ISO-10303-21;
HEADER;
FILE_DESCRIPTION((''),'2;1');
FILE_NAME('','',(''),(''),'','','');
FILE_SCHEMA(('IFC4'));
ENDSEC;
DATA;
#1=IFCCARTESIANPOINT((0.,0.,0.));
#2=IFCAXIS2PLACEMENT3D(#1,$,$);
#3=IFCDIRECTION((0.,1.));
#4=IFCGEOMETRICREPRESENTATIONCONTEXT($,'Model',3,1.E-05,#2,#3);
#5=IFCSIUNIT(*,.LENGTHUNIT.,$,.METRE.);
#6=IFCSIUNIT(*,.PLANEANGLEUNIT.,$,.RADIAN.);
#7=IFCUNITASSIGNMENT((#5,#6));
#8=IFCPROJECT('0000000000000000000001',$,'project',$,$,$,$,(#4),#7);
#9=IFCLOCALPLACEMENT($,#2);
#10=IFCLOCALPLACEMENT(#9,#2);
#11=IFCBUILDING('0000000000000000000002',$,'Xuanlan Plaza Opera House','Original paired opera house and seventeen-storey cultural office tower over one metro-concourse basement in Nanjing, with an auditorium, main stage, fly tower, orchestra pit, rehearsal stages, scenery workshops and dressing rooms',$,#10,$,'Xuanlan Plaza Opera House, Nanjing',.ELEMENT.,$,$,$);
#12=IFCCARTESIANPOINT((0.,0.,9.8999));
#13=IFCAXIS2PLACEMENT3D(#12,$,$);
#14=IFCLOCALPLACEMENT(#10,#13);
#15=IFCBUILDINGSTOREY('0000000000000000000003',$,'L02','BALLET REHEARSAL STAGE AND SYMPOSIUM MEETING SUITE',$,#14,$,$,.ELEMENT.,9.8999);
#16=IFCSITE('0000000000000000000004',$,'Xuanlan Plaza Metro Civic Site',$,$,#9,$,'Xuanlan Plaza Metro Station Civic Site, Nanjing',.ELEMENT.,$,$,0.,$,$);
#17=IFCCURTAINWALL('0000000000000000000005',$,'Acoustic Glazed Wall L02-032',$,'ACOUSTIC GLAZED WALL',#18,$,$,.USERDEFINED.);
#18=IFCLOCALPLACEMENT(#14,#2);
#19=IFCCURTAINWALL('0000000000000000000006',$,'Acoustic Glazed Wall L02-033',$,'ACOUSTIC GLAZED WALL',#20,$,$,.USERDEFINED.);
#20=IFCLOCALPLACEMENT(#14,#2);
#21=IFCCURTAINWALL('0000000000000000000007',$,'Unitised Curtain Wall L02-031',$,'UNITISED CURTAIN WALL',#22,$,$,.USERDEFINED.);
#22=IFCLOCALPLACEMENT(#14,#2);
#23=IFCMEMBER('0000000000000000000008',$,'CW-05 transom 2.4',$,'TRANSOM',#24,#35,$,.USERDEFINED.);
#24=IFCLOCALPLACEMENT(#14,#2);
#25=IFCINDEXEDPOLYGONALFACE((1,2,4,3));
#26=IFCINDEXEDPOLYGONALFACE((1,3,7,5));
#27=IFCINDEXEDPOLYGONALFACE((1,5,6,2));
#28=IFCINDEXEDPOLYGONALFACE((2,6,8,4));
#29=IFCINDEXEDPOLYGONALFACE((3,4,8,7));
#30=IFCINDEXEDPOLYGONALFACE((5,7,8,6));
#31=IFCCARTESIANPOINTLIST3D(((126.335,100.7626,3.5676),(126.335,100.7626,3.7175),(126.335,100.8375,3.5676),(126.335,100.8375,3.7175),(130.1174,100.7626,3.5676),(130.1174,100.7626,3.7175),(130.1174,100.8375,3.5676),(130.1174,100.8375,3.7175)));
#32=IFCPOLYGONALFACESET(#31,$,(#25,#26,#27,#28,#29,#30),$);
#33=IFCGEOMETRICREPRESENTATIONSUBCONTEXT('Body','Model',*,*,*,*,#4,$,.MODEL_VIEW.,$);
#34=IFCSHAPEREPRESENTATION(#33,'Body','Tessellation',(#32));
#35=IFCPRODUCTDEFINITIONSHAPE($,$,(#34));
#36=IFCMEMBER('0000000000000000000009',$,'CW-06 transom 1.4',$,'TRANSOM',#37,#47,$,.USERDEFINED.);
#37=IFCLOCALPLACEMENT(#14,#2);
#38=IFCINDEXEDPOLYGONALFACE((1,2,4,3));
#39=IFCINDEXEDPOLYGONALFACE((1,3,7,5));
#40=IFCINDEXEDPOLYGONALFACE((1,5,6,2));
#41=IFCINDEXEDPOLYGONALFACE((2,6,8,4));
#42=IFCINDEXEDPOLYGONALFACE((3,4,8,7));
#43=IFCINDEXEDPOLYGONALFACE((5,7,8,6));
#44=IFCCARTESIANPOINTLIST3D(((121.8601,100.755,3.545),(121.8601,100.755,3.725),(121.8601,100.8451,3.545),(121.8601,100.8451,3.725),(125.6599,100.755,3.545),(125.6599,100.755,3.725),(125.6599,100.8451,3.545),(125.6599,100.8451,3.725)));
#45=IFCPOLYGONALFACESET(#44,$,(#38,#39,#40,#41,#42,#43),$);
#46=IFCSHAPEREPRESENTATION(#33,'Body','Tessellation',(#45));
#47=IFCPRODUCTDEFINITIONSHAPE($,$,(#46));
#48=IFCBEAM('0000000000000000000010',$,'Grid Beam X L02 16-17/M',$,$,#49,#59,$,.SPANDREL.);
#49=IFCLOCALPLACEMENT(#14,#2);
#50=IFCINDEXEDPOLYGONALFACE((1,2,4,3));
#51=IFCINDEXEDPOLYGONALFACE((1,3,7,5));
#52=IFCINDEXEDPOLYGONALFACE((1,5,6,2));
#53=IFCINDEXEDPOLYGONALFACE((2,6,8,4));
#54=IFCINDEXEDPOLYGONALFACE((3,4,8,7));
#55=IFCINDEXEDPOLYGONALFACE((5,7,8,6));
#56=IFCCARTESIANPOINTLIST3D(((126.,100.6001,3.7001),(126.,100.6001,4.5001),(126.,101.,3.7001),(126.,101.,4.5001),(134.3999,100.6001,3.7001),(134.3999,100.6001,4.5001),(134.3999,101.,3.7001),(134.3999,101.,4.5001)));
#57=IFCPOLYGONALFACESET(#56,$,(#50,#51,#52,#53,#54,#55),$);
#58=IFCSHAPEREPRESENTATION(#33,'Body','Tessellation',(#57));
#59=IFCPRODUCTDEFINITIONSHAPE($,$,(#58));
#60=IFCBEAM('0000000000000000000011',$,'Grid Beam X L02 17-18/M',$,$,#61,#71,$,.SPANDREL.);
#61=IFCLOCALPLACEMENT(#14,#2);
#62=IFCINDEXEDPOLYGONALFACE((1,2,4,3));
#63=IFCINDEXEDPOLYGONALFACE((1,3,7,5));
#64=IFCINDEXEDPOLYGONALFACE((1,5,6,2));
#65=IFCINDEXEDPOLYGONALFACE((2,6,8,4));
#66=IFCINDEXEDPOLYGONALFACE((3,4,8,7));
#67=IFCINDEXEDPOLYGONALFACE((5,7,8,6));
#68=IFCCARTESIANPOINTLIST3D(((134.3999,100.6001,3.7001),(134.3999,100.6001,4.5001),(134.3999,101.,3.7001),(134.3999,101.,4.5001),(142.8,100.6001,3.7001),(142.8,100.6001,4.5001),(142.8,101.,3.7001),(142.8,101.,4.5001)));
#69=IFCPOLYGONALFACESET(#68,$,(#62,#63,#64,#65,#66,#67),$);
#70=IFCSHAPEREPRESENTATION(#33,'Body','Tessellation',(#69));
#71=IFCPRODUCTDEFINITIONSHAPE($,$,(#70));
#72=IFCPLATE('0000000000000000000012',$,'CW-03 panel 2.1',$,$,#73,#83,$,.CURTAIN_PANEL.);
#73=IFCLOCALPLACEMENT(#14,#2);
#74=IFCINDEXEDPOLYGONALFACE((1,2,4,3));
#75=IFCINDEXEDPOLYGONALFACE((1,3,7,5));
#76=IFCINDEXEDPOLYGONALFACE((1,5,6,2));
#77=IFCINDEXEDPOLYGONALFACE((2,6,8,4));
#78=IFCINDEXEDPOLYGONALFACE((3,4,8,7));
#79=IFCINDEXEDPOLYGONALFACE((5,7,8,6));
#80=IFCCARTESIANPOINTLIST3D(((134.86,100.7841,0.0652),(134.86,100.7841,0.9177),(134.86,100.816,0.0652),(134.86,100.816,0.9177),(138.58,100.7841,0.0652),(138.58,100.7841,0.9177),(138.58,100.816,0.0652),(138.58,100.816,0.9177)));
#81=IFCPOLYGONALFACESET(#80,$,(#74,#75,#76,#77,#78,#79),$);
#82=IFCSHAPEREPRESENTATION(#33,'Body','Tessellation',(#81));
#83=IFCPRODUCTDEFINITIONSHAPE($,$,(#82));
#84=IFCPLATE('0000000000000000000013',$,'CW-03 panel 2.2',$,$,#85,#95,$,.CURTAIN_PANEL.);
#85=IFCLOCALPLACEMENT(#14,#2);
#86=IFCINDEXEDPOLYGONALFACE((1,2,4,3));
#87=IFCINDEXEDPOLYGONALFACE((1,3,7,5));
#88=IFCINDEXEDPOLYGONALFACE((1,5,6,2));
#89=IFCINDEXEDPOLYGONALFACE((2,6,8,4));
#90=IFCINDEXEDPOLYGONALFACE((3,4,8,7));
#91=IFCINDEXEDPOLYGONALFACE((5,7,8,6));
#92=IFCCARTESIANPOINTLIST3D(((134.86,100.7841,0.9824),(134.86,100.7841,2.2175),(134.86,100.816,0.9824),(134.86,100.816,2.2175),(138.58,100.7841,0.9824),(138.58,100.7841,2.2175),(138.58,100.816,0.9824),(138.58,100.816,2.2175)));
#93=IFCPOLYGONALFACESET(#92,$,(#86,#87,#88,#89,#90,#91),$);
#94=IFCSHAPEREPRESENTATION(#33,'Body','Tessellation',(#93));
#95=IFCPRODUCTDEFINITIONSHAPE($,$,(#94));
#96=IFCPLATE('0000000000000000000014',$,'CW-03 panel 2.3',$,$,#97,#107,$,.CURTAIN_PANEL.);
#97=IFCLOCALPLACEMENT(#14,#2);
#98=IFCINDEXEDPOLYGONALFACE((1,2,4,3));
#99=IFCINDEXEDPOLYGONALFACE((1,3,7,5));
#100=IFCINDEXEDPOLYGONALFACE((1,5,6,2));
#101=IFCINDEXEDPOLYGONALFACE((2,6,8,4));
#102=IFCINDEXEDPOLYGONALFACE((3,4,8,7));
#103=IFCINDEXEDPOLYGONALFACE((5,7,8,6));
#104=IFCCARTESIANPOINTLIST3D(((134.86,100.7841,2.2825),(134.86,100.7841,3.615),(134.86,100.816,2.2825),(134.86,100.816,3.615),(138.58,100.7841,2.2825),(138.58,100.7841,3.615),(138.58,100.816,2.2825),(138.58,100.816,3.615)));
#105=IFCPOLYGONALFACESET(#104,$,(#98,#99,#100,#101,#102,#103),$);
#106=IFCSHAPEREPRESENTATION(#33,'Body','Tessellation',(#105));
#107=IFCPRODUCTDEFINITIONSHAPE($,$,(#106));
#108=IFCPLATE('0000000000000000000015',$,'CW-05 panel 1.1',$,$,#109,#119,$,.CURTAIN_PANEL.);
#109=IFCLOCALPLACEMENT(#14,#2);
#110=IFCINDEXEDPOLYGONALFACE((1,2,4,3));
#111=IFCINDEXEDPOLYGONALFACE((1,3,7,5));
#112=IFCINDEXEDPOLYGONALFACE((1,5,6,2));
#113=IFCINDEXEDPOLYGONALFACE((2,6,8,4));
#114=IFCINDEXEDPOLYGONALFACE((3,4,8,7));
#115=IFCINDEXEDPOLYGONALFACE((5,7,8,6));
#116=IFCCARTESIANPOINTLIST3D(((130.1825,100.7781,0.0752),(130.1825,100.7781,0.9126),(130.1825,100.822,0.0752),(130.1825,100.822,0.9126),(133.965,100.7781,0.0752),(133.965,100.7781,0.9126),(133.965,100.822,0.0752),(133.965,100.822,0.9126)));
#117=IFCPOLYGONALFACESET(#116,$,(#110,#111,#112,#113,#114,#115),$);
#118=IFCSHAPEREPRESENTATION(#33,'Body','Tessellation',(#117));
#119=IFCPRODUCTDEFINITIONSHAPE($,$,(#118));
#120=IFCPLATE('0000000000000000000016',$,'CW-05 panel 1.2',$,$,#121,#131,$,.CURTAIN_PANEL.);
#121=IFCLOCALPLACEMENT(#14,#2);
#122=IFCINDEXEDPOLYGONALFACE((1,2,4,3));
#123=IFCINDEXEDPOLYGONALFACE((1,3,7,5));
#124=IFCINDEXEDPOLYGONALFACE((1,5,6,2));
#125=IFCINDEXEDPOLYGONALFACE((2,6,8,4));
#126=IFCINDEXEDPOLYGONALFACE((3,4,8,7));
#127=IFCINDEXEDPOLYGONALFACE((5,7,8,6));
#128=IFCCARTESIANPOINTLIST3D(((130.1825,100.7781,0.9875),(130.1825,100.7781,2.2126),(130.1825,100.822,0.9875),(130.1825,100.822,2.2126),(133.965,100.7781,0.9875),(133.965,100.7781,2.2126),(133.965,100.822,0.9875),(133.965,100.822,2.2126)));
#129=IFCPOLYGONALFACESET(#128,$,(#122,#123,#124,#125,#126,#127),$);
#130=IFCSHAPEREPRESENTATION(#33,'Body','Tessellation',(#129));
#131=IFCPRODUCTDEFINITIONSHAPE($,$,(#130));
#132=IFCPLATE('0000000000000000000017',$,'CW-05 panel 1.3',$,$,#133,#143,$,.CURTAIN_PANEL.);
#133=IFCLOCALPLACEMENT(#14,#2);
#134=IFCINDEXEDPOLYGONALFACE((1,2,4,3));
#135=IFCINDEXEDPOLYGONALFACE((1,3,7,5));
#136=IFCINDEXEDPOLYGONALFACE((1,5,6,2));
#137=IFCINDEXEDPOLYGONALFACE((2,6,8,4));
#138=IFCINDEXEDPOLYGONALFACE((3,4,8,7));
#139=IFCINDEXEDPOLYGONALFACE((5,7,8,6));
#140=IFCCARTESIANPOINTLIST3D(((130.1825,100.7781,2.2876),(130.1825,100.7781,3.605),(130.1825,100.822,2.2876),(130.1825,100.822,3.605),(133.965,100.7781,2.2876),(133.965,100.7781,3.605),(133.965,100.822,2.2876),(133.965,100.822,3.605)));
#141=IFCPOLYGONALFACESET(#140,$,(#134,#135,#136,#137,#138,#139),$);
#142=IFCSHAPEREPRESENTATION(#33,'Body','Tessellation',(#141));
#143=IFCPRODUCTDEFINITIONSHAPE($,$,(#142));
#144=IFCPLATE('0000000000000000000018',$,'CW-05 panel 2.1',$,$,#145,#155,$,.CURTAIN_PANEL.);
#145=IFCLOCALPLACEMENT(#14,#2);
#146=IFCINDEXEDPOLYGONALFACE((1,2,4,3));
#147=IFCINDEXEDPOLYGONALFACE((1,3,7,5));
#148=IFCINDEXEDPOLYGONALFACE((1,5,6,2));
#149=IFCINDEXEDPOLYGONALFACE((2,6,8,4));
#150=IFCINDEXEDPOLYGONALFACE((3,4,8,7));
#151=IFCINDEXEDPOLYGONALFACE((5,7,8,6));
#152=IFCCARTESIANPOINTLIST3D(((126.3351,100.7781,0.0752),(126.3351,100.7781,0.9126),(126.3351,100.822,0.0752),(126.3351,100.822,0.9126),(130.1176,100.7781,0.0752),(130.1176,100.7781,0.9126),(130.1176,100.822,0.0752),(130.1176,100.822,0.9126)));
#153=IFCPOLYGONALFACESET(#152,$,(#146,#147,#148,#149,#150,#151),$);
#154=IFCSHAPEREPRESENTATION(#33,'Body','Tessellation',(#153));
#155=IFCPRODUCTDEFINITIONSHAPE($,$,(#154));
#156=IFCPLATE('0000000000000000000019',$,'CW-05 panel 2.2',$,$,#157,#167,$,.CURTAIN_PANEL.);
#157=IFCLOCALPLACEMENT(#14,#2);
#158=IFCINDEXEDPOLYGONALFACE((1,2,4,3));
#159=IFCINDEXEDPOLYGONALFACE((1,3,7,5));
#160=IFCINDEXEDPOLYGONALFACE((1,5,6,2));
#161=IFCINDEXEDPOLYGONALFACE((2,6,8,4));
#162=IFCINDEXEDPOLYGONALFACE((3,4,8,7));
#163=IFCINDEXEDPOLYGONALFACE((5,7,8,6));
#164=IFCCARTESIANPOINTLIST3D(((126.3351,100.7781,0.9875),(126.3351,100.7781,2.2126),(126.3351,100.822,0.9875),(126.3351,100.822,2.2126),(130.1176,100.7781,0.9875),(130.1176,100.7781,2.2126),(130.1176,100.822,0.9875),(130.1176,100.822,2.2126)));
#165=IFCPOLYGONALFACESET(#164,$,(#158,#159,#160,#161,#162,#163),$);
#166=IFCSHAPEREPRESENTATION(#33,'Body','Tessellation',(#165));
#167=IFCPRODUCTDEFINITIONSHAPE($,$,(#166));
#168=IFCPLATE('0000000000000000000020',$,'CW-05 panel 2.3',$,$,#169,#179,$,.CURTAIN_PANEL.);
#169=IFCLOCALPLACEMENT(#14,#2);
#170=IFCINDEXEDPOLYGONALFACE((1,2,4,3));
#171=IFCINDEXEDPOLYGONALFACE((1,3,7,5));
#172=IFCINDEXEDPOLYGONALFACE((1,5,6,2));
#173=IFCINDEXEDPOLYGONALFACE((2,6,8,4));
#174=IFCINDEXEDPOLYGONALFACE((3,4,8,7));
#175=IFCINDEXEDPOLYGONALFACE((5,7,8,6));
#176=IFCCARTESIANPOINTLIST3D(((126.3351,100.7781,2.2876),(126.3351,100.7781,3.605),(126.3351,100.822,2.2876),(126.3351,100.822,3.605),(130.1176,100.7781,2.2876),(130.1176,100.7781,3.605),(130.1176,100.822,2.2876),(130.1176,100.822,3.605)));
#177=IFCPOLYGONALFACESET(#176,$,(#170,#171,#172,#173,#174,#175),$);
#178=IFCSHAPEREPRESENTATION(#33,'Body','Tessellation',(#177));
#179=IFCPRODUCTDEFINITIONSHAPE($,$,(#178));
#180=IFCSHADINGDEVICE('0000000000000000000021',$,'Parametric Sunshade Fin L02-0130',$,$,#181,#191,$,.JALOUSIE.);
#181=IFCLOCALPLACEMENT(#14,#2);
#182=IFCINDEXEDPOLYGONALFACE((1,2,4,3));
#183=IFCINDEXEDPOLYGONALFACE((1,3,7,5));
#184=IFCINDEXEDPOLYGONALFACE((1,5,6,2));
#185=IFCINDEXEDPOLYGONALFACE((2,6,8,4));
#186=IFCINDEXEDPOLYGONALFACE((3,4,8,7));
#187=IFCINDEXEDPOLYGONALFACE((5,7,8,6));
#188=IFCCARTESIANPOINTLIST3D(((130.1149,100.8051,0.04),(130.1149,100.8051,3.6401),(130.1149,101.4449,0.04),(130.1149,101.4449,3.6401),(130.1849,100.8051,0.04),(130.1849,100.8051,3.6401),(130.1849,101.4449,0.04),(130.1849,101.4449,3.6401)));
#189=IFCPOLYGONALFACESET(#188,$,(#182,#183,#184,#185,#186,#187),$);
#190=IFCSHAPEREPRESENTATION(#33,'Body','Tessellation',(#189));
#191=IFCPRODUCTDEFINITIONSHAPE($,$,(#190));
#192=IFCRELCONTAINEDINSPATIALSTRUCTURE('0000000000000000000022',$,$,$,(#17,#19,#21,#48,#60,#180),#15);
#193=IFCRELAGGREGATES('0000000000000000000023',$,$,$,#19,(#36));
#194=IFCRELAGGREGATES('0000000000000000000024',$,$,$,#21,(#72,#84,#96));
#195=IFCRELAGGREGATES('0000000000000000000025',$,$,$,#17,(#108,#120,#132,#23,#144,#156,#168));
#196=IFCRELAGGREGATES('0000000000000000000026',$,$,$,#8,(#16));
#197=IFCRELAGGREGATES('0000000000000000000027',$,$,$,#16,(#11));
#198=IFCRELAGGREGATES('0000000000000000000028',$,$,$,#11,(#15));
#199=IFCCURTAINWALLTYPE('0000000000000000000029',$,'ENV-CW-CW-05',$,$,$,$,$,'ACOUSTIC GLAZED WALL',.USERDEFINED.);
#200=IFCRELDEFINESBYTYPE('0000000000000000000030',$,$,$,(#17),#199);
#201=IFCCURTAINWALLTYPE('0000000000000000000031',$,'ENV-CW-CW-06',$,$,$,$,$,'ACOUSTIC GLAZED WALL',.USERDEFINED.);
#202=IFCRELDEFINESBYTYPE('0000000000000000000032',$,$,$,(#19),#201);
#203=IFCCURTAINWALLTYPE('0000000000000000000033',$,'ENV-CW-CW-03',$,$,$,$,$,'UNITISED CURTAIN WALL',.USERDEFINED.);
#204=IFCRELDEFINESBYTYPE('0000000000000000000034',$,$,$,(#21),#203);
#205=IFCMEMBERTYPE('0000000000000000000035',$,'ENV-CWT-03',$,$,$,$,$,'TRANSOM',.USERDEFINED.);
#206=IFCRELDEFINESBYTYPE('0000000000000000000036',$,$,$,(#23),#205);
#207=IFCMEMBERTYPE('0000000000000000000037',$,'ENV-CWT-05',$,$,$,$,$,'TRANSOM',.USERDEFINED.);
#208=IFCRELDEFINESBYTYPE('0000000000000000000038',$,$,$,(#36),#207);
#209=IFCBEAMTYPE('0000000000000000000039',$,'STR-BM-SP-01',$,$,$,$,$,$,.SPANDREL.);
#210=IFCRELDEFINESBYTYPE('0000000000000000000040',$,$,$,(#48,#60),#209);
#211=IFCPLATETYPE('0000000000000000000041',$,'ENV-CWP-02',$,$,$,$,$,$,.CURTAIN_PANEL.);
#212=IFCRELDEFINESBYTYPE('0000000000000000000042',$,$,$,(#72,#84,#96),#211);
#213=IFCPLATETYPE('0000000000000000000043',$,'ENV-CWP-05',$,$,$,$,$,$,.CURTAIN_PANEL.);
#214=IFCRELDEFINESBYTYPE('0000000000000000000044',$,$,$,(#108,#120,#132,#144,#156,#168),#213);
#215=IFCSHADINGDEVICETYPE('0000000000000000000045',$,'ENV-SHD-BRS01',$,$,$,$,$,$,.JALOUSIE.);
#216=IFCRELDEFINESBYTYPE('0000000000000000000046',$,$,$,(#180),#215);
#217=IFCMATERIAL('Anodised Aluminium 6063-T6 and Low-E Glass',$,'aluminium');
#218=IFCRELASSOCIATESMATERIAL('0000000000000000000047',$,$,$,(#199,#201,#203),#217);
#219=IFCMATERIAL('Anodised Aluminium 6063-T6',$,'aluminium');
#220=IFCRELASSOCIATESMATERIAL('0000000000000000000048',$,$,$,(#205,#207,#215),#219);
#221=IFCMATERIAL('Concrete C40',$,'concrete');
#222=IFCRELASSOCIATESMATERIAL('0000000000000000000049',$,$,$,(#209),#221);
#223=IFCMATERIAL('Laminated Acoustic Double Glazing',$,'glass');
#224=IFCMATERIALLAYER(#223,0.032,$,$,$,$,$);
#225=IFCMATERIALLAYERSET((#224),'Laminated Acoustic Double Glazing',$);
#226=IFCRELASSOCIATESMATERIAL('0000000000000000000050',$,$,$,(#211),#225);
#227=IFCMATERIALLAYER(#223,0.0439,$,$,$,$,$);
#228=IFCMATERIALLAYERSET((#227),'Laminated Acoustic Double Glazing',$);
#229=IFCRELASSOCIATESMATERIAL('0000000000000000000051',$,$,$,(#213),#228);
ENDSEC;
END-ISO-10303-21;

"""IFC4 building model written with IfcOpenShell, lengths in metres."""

from ifc_helpers import new_model, si_unit, direction, frame, origin, origin_2d, place, context, subcontext, project, spatial, rectangle, extrude, material, layer, layer_set, material_profile, profile_set, type_object, element, aggregate, save


model = new_model("IFC4")

# Units and contexts
model_context = context("Model", 3, precision=1e-05, world=origin(), true_north=direction((0.0, 1.0)))
body_context = subcontext(model_context, "Body", "Model", "MODEL_VIEW")
ifc_project = project(units=[si_unit("LENGTHUNIT", "METRE"), si_unit("PLANEANGLEUNIT", "RADIAN")], contexts=[model_context])

# Site, building, storey
site_placement = place(None, origin())
site = spatial("IfcSite", under=ifc_project, at=site_placement, Name="Xuanlan Plaza Metro Civic Site", LongName="Xuanlan Plaza Metro Station Civic Site, Nanjing", CompositionType="ELEMENT", RefElevation=0.0)
building_placement = place(site_placement, origin())
building = spatial("IfcBuilding", under=site, at=building_placement, Name="Xuanlan Plaza Opera House", Description="Original paired opera house and seventeen-storey cultural office tower over one metro-concourse basement in Nanjing, with an auditorium, main stage, fly tower, orchestra pit, rehearsal stages, scenery workshops and dressing rooms", LongName="Xuanlan Plaza Opera House, Nanjing", CompositionType="ELEMENT")
storey_placement = place(building_placement, frame((0.0, 0.0, 9.8999)))
storey = spatial("IfcBuildingStorey", under=building, at=storey_placement, Name="L02", Description="BALLET REHEARSAL STAGE AND SYMPOSIUM MEETING SUITE", CompositionType="ELEMENT", Elevation=9.8999)

# Shared definitions
ifc_material_1 = material(Name="Concrete C40", Category="concrete")

# Curtain wall
ifc_material_2 = material(Name="Anodised Aluminium 6063-T6 and Low-E Glass", Category="aluminium")
curtain_wall_type_1 = type_object("IfcCurtainWallType", Name="ENV-CW-CW-05", ElementType="ACOUSTIC GLAZED WALL", PredefinedType="USERDEFINED", material=ifc_material_2)
curtain_wall_1_placement = place(storey_placement, origin())
curtain_wall_1 = element("IfcCurtainWall", 1, at=curtain_wall_1_placement, inside=storey, type_object=curtain_wall_type_1, Name="Acoustic Glazed Wall L02-032", ObjectType="ACOUSTIC GLAZED WALL", PredefinedType="USERDEFINED")
ifc_material_3 = material(Name="Anodised Aluminium 6063-T6", Category="aluminium")

# Curtain walls
curtain_wall_type_2 = type_object("IfcCurtainWallType", Name="ENV-CW-CW-06", ElementType="ACOUSTIC GLAZED WALL", PredefinedType="USERDEFINED", material=ifc_material_2)
curtain_wall_2_placement = place(storey_placement, origin())
curtain_wall_2 = element("IfcCurtainWall", 2, at=curtain_wall_2_placement, inside=storey, type_object=curtain_wall_type_2, Name="Acoustic Glazed Wall L02-033", ObjectType="ACOUSTIC GLAZED WALL", PredefinedType="USERDEFINED")
curtain_wall_type_3 = type_object("IfcCurtainWallType", Name="ENV-CW-CW-03", ElementType="UNITISED CURTAIN WALL", PredefinedType="USERDEFINED", material=ifc_material_2)
curtain_wall_3_placement = place(storey_placement, origin())
curtain_wall_3 = element("IfcCurtainWall", 3, at=curtain_wall_3_placement, inside=storey, type_object=curtain_wall_type_3, Name="Unitised Curtain Wall L02-031", ObjectType="UNITISED CURTAIN WALL", PredefinedType="USERDEFINED")

# Members
ifc_material_profile_1 = material_profile(ifc_material_3, rectangle(XDim=0.075, YDim=0.1499, at=origin_2d()), Name="ALU-T 75x150")
ifc_profile_set_1 = profile_set([ifc_material_profile_1], Name="Anodised Aluminium 6063-T6")
member_type_1 = type_object("IfcMemberType", Name="ENV-CWT-03", ElementType="TRANSOM", PredefinedType="USERDEFINED", material=ifc_profile_set_1)
member_1_placement = place(storey_placement, frame((130.1174, 100.8, 3.6426), z_axis=(-1.0, 0.0, 0.0), x_axis=(0.0, -1.0, 0.0)))
member_1 = element("IfcMember", 4, at=member_1_placement, type_object=member_type_1, Name="CW-05 transom 2.4", ObjectType="TRANSOM", PredefinedType="USERDEFINED", context=body_context, shape_type="SweptSolid", body=[
    extrude(rectangle(XDim=0.075, YDim=0.1499, at=origin_2d()), origin(), (0.0, 0.0, 1.0), 3.7825),
])
ifc_material_profile_2 = material_profile(ifc_material_3, rectangle(XDim=0.0901, YDim=0.1799, at=origin_2d()), Name="ALU-T 90x180")
ifc_profile_set_2 = profile_set([ifc_material_profile_2], Name="Anodised Aluminium 6063-T6")
member_type_2 = type_object("IfcMemberType", Name="ENV-CWT-05", ElementType="TRANSOM", PredefinedType="USERDEFINED", material=ifc_profile_set_2)
member_2_placement = place(storey_placement, frame((125.6599, 100.8, 3.635), z_axis=(-1.0, 0.0, 0.0), x_axis=(0.0, -1.0, 0.0)))
member_2 = element("IfcMember", 5, at=member_2_placement, type_object=member_type_2, Name="CW-06 transom 1.4", ObjectType="TRANSOM", PredefinedType="USERDEFINED", context=body_context, shape_type="SweptSolid", body=[
    extrude(rectangle(XDim=0.0901, YDim=0.1799, at=origin_2d()), origin(), (0.0, 0.0, 1.0), 3.7998),
])
aggregate(curtain_wall_2, [member_2])

# Beams
ifc_material_profile_3 = material_profile(ifc_material_1, rectangle(XDim=0.3999, YDim=0.8, at=origin_2d()), Name="RC-SPD 400x800")
ifc_profile_set_3 = profile_set([ifc_material_profile_3], Name="Concrete C40")
beam_type = type_object("IfcBeamType", Name="STR-BM-SP-01", PredefinedType="SPANDREL", material=ifc_profile_set_3)
beam_1_placement = place(storey_placement, frame((126.0, 100.8, 4.1001), z_axis=(1.0, 0.0, 0.0), x_axis=(0.0, 1.0, 0.0)))
element("IfcBeam", 6, at=beam_1_placement, inside=storey, type_object=beam_type, Name="Grid Beam X L02 16-17/M", PredefinedType="SPANDREL", context=body_context, shape_type="SweptSolid", body=[
    extrude(rectangle(XDim=0.3999, YDim=0.8, at=origin_2d()), origin(), (0.0, 0.0, 1.0), 8.3999),
])
beam_2_placement = place(storey_placement, frame((134.3999, 100.8, 4.1001), z_axis=(1.0, 0.0, 0.0), x_axis=(0.0, 1.0, 0.0)))
element("IfcBeam", 7, at=beam_2_placement, inside=storey, type_object=beam_type, Name="Grid Beam X L02 17-18/M", PredefinedType="SPANDREL", context=body_context, shape_type="SweptSolid", body=[
    extrude(rectangle(XDim=0.3999, YDim=0.8, at=origin_2d()), origin(), (0.0, 0.0, 1.0), 8.4001),
])

# Plates
ifc_material_4 = material(Name="Laminated Acoustic Double Glazing", Category="glass")
ifc_layer_1 = layer(ifc_material_4, 0.032)
ifc_layer_set_1 = layer_set([ifc_layer_1], Name="Laminated Acoustic Double Glazing")
plate_type_1 = type_object("IfcPlateType", Name="ENV-CWP-02", PredefinedType="CURTAIN_PANEL", material=ifc_layer_set_1)
plate_1_placement = place(storey_placement, frame((136.72, 100.8, 0.0652), z_axis=(0.0, 0.0, 1.0), x_axis=(-1.0, 0.0, 0.0)))
plate_1 = element("IfcPlate", 8, at=plate_1_placement, type_object=plate_type_1, Name="CW-03 panel 2.1", PredefinedType="CURTAIN_PANEL", context=body_context, shape_type="SweptSolid", body=[
    extrude(rectangle(XDim=3.72, YDim=0.032, at=origin_2d()), origin(), (0.0, 0.0, 1.0), 0.8525),
])
plate_2_placement = place(storey_placement, frame((136.72, 100.8, 0.9824), z_axis=(0.0, 0.0, 1.0), x_axis=(-1.0, 0.0, 0.0)))
plate_2 = element("IfcPlate", 9, at=plate_2_placement, type_object=plate_type_1, Name="CW-03 panel 2.2", PredefinedType="CURTAIN_PANEL", context=body_context, shape_type="SweptSolid", body=[
    extrude(rectangle(XDim=3.72, YDim=0.032, at=origin_2d()), origin(), (0.0, 0.0, 1.0), 1.2351),
])
plate_3_placement = place(storey_placement, frame((136.72, 100.8, 2.2825), z_axis=(0.0, 0.0, 1.0), x_axis=(-1.0, 0.0, 0.0)))
plate_3 = element("IfcPlate", 10, at=plate_3_placement, type_object=plate_type_1, Name="CW-03 panel 2.3", PredefinedType="CURTAIN_PANEL", context=body_context, shape_type="SweptSolid", body=[
    extrude(rectangle(XDim=3.72, YDim=0.032, at=origin_2d()), origin(), (0.0, 0.0, 1.0), 1.3325),
])
aggregate(curtain_wall_3, [plate_1, plate_2, plate_3])
ifc_layer_2 = layer(ifc_material_4, 0.0439)
ifc_layer_set_2 = layer_set([ifc_layer_2], Name="Laminated Acoustic Double Glazing")
plate_type_2 = type_object("IfcPlateType", Name="ENV-CWP-05", PredefinedType="CURTAIN_PANEL", material=ifc_layer_set_2)
plate_4_placement = place(storey_placement, frame((132.0737, 100.8, 0.0752), z_axis=(0.0, 0.0, 1.0), x_axis=(-1.0, 0.0, 0.0)))
plate_4 = element("IfcPlate", 11, at=plate_4_placement, type_object=plate_type_2, Name="CW-05 panel 1.1", PredefinedType="CURTAIN_PANEL", context=body_context, shape_type="SweptSolid", body=[
    extrude(rectangle(XDim=3.7825, YDim=0.0439, at=origin_2d()), origin(), (0.0, 0.0, 1.0), 0.8374),
])
plate_5_placement = place(storey_placement, frame((132.0737, 100.8, 0.9875), z_axis=(0.0, 0.0, 1.0), x_axis=(-1.0, 0.0, 0.0)))
plate_5 = element("IfcPlate", 12, at=plate_5_placement, type_object=plate_type_2, Name="CW-05 panel 1.2", PredefinedType="CURTAIN_PANEL", context=body_context, shape_type="SweptSolid", body=[
    extrude(rectangle(XDim=3.7825, YDim=0.0439, at=origin_2d()), origin(), (0.0, 0.0, 1.0), 1.2251),
])
plate_6_placement = place(storey_placement, frame((132.0737, 100.8, 2.2876), z_axis=(0.0, 0.0, 1.0), x_axis=(-1.0, 0.0, 0.0)))
plate_6 = element("IfcPlate", 13, at=plate_6_placement, type_object=plate_type_2, Name="CW-05 panel 1.3", PredefinedType="CURTAIN_PANEL", context=body_context, shape_type="SweptSolid", body=[
    extrude(rectangle(XDim=3.7825, YDim=0.0439, at=origin_2d()), origin(), (0.0, 0.0, 1.0), 1.3174),
])
plate_7_placement = place(storey_placement, frame((128.2263, 100.8, 0.0752), z_axis=(0.0, 0.0, 1.0), x_axis=(-1.0, 0.0, 0.0)))
plate_7 = element("IfcPlate", 14, at=plate_7_placement, type_object=plate_type_2, Name="CW-05 panel 2.1", PredefinedType="CURTAIN_PANEL", context=body_context, shape_type="SweptSolid", body=[
    extrude(rectangle(XDim=3.7825, YDim=0.0439, at=origin_2d()), origin(), (0.0, 0.0, 1.0), 0.8374),
])
plate_8_placement = place(storey_placement, frame((128.2263, 100.8, 0.9875), z_axis=(0.0, 0.0, 1.0), x_axis=(-1.0, 0.0, 0.0)))
plate_8 = element("IfcPlate", 15, at=plate_8_placement, type_object=plate_type_2, Name="CW-05 panel 2.2", PredefinedType="CURTAIN_PANEL", context=body_context, shape_type="SweptSolid", body=[
    extrude(rectangle(XDim=3.7825, YDim=0.0439, at=origin_2d()), origin(), (0.0, 0.0, 1.0), 1.2251),
])
plate_9_placement = place(storey_placement, frame((128.2263, 100.8, 2.2876), z_axis=(0.0, 0.0, 1.0), x_axis=(-1.0, 0.0, 0.0)))
plate_9 = element("IfcPlate", 16, at=plate_9_placement, type_object=plate_type_2, Name="CW-05 panel 2.3", PredefinedType="CURTAIN_PANEL", context=body_context, shape_type="SweptSolid", body=[
    extrude(rectangle(XDim=3.7825, YDim=0.0439, at=origin_2d()), origin(), (0.0, 0.0, 1.0), 1.3174),
])
aggregate(curtain_wall_1, [plate_4, plate_5, plate_6, member_1, plate_7, plate_8, plate_9])

# Shading device
shading_device_type = type_object("IfcShadingDeviceType", Name="ENV-SHD-BRS01", PredefinedType="JALOUSIE", material=ifc_material_3)
for number, where, z_axis, x_axis, name in (
    (17, (130.1499, 101.125, 0.04), (0.0, 0.0, 1.0), (0.0, 1.0, 0.0), "Parametric Sunshade Fin L02-0130"),
):
    element("IfcShadingDevice", number, at=place(storey_placement, frame(where, z_axis=z_axis, x_axis=x_axis)), inside=storey, type_object=shading_device_type, Name=name, PredefinedType="JALOUSIE", context=body_context, shape_type="SweptSolid", body=[
        extrude(rectangle(XDim=0.6399, YDim=0.0701, at=origin_2d()), origin(), (0.0, 0.0, 1.0), 3.6001),
    ])

save(model, "model.ifc")
